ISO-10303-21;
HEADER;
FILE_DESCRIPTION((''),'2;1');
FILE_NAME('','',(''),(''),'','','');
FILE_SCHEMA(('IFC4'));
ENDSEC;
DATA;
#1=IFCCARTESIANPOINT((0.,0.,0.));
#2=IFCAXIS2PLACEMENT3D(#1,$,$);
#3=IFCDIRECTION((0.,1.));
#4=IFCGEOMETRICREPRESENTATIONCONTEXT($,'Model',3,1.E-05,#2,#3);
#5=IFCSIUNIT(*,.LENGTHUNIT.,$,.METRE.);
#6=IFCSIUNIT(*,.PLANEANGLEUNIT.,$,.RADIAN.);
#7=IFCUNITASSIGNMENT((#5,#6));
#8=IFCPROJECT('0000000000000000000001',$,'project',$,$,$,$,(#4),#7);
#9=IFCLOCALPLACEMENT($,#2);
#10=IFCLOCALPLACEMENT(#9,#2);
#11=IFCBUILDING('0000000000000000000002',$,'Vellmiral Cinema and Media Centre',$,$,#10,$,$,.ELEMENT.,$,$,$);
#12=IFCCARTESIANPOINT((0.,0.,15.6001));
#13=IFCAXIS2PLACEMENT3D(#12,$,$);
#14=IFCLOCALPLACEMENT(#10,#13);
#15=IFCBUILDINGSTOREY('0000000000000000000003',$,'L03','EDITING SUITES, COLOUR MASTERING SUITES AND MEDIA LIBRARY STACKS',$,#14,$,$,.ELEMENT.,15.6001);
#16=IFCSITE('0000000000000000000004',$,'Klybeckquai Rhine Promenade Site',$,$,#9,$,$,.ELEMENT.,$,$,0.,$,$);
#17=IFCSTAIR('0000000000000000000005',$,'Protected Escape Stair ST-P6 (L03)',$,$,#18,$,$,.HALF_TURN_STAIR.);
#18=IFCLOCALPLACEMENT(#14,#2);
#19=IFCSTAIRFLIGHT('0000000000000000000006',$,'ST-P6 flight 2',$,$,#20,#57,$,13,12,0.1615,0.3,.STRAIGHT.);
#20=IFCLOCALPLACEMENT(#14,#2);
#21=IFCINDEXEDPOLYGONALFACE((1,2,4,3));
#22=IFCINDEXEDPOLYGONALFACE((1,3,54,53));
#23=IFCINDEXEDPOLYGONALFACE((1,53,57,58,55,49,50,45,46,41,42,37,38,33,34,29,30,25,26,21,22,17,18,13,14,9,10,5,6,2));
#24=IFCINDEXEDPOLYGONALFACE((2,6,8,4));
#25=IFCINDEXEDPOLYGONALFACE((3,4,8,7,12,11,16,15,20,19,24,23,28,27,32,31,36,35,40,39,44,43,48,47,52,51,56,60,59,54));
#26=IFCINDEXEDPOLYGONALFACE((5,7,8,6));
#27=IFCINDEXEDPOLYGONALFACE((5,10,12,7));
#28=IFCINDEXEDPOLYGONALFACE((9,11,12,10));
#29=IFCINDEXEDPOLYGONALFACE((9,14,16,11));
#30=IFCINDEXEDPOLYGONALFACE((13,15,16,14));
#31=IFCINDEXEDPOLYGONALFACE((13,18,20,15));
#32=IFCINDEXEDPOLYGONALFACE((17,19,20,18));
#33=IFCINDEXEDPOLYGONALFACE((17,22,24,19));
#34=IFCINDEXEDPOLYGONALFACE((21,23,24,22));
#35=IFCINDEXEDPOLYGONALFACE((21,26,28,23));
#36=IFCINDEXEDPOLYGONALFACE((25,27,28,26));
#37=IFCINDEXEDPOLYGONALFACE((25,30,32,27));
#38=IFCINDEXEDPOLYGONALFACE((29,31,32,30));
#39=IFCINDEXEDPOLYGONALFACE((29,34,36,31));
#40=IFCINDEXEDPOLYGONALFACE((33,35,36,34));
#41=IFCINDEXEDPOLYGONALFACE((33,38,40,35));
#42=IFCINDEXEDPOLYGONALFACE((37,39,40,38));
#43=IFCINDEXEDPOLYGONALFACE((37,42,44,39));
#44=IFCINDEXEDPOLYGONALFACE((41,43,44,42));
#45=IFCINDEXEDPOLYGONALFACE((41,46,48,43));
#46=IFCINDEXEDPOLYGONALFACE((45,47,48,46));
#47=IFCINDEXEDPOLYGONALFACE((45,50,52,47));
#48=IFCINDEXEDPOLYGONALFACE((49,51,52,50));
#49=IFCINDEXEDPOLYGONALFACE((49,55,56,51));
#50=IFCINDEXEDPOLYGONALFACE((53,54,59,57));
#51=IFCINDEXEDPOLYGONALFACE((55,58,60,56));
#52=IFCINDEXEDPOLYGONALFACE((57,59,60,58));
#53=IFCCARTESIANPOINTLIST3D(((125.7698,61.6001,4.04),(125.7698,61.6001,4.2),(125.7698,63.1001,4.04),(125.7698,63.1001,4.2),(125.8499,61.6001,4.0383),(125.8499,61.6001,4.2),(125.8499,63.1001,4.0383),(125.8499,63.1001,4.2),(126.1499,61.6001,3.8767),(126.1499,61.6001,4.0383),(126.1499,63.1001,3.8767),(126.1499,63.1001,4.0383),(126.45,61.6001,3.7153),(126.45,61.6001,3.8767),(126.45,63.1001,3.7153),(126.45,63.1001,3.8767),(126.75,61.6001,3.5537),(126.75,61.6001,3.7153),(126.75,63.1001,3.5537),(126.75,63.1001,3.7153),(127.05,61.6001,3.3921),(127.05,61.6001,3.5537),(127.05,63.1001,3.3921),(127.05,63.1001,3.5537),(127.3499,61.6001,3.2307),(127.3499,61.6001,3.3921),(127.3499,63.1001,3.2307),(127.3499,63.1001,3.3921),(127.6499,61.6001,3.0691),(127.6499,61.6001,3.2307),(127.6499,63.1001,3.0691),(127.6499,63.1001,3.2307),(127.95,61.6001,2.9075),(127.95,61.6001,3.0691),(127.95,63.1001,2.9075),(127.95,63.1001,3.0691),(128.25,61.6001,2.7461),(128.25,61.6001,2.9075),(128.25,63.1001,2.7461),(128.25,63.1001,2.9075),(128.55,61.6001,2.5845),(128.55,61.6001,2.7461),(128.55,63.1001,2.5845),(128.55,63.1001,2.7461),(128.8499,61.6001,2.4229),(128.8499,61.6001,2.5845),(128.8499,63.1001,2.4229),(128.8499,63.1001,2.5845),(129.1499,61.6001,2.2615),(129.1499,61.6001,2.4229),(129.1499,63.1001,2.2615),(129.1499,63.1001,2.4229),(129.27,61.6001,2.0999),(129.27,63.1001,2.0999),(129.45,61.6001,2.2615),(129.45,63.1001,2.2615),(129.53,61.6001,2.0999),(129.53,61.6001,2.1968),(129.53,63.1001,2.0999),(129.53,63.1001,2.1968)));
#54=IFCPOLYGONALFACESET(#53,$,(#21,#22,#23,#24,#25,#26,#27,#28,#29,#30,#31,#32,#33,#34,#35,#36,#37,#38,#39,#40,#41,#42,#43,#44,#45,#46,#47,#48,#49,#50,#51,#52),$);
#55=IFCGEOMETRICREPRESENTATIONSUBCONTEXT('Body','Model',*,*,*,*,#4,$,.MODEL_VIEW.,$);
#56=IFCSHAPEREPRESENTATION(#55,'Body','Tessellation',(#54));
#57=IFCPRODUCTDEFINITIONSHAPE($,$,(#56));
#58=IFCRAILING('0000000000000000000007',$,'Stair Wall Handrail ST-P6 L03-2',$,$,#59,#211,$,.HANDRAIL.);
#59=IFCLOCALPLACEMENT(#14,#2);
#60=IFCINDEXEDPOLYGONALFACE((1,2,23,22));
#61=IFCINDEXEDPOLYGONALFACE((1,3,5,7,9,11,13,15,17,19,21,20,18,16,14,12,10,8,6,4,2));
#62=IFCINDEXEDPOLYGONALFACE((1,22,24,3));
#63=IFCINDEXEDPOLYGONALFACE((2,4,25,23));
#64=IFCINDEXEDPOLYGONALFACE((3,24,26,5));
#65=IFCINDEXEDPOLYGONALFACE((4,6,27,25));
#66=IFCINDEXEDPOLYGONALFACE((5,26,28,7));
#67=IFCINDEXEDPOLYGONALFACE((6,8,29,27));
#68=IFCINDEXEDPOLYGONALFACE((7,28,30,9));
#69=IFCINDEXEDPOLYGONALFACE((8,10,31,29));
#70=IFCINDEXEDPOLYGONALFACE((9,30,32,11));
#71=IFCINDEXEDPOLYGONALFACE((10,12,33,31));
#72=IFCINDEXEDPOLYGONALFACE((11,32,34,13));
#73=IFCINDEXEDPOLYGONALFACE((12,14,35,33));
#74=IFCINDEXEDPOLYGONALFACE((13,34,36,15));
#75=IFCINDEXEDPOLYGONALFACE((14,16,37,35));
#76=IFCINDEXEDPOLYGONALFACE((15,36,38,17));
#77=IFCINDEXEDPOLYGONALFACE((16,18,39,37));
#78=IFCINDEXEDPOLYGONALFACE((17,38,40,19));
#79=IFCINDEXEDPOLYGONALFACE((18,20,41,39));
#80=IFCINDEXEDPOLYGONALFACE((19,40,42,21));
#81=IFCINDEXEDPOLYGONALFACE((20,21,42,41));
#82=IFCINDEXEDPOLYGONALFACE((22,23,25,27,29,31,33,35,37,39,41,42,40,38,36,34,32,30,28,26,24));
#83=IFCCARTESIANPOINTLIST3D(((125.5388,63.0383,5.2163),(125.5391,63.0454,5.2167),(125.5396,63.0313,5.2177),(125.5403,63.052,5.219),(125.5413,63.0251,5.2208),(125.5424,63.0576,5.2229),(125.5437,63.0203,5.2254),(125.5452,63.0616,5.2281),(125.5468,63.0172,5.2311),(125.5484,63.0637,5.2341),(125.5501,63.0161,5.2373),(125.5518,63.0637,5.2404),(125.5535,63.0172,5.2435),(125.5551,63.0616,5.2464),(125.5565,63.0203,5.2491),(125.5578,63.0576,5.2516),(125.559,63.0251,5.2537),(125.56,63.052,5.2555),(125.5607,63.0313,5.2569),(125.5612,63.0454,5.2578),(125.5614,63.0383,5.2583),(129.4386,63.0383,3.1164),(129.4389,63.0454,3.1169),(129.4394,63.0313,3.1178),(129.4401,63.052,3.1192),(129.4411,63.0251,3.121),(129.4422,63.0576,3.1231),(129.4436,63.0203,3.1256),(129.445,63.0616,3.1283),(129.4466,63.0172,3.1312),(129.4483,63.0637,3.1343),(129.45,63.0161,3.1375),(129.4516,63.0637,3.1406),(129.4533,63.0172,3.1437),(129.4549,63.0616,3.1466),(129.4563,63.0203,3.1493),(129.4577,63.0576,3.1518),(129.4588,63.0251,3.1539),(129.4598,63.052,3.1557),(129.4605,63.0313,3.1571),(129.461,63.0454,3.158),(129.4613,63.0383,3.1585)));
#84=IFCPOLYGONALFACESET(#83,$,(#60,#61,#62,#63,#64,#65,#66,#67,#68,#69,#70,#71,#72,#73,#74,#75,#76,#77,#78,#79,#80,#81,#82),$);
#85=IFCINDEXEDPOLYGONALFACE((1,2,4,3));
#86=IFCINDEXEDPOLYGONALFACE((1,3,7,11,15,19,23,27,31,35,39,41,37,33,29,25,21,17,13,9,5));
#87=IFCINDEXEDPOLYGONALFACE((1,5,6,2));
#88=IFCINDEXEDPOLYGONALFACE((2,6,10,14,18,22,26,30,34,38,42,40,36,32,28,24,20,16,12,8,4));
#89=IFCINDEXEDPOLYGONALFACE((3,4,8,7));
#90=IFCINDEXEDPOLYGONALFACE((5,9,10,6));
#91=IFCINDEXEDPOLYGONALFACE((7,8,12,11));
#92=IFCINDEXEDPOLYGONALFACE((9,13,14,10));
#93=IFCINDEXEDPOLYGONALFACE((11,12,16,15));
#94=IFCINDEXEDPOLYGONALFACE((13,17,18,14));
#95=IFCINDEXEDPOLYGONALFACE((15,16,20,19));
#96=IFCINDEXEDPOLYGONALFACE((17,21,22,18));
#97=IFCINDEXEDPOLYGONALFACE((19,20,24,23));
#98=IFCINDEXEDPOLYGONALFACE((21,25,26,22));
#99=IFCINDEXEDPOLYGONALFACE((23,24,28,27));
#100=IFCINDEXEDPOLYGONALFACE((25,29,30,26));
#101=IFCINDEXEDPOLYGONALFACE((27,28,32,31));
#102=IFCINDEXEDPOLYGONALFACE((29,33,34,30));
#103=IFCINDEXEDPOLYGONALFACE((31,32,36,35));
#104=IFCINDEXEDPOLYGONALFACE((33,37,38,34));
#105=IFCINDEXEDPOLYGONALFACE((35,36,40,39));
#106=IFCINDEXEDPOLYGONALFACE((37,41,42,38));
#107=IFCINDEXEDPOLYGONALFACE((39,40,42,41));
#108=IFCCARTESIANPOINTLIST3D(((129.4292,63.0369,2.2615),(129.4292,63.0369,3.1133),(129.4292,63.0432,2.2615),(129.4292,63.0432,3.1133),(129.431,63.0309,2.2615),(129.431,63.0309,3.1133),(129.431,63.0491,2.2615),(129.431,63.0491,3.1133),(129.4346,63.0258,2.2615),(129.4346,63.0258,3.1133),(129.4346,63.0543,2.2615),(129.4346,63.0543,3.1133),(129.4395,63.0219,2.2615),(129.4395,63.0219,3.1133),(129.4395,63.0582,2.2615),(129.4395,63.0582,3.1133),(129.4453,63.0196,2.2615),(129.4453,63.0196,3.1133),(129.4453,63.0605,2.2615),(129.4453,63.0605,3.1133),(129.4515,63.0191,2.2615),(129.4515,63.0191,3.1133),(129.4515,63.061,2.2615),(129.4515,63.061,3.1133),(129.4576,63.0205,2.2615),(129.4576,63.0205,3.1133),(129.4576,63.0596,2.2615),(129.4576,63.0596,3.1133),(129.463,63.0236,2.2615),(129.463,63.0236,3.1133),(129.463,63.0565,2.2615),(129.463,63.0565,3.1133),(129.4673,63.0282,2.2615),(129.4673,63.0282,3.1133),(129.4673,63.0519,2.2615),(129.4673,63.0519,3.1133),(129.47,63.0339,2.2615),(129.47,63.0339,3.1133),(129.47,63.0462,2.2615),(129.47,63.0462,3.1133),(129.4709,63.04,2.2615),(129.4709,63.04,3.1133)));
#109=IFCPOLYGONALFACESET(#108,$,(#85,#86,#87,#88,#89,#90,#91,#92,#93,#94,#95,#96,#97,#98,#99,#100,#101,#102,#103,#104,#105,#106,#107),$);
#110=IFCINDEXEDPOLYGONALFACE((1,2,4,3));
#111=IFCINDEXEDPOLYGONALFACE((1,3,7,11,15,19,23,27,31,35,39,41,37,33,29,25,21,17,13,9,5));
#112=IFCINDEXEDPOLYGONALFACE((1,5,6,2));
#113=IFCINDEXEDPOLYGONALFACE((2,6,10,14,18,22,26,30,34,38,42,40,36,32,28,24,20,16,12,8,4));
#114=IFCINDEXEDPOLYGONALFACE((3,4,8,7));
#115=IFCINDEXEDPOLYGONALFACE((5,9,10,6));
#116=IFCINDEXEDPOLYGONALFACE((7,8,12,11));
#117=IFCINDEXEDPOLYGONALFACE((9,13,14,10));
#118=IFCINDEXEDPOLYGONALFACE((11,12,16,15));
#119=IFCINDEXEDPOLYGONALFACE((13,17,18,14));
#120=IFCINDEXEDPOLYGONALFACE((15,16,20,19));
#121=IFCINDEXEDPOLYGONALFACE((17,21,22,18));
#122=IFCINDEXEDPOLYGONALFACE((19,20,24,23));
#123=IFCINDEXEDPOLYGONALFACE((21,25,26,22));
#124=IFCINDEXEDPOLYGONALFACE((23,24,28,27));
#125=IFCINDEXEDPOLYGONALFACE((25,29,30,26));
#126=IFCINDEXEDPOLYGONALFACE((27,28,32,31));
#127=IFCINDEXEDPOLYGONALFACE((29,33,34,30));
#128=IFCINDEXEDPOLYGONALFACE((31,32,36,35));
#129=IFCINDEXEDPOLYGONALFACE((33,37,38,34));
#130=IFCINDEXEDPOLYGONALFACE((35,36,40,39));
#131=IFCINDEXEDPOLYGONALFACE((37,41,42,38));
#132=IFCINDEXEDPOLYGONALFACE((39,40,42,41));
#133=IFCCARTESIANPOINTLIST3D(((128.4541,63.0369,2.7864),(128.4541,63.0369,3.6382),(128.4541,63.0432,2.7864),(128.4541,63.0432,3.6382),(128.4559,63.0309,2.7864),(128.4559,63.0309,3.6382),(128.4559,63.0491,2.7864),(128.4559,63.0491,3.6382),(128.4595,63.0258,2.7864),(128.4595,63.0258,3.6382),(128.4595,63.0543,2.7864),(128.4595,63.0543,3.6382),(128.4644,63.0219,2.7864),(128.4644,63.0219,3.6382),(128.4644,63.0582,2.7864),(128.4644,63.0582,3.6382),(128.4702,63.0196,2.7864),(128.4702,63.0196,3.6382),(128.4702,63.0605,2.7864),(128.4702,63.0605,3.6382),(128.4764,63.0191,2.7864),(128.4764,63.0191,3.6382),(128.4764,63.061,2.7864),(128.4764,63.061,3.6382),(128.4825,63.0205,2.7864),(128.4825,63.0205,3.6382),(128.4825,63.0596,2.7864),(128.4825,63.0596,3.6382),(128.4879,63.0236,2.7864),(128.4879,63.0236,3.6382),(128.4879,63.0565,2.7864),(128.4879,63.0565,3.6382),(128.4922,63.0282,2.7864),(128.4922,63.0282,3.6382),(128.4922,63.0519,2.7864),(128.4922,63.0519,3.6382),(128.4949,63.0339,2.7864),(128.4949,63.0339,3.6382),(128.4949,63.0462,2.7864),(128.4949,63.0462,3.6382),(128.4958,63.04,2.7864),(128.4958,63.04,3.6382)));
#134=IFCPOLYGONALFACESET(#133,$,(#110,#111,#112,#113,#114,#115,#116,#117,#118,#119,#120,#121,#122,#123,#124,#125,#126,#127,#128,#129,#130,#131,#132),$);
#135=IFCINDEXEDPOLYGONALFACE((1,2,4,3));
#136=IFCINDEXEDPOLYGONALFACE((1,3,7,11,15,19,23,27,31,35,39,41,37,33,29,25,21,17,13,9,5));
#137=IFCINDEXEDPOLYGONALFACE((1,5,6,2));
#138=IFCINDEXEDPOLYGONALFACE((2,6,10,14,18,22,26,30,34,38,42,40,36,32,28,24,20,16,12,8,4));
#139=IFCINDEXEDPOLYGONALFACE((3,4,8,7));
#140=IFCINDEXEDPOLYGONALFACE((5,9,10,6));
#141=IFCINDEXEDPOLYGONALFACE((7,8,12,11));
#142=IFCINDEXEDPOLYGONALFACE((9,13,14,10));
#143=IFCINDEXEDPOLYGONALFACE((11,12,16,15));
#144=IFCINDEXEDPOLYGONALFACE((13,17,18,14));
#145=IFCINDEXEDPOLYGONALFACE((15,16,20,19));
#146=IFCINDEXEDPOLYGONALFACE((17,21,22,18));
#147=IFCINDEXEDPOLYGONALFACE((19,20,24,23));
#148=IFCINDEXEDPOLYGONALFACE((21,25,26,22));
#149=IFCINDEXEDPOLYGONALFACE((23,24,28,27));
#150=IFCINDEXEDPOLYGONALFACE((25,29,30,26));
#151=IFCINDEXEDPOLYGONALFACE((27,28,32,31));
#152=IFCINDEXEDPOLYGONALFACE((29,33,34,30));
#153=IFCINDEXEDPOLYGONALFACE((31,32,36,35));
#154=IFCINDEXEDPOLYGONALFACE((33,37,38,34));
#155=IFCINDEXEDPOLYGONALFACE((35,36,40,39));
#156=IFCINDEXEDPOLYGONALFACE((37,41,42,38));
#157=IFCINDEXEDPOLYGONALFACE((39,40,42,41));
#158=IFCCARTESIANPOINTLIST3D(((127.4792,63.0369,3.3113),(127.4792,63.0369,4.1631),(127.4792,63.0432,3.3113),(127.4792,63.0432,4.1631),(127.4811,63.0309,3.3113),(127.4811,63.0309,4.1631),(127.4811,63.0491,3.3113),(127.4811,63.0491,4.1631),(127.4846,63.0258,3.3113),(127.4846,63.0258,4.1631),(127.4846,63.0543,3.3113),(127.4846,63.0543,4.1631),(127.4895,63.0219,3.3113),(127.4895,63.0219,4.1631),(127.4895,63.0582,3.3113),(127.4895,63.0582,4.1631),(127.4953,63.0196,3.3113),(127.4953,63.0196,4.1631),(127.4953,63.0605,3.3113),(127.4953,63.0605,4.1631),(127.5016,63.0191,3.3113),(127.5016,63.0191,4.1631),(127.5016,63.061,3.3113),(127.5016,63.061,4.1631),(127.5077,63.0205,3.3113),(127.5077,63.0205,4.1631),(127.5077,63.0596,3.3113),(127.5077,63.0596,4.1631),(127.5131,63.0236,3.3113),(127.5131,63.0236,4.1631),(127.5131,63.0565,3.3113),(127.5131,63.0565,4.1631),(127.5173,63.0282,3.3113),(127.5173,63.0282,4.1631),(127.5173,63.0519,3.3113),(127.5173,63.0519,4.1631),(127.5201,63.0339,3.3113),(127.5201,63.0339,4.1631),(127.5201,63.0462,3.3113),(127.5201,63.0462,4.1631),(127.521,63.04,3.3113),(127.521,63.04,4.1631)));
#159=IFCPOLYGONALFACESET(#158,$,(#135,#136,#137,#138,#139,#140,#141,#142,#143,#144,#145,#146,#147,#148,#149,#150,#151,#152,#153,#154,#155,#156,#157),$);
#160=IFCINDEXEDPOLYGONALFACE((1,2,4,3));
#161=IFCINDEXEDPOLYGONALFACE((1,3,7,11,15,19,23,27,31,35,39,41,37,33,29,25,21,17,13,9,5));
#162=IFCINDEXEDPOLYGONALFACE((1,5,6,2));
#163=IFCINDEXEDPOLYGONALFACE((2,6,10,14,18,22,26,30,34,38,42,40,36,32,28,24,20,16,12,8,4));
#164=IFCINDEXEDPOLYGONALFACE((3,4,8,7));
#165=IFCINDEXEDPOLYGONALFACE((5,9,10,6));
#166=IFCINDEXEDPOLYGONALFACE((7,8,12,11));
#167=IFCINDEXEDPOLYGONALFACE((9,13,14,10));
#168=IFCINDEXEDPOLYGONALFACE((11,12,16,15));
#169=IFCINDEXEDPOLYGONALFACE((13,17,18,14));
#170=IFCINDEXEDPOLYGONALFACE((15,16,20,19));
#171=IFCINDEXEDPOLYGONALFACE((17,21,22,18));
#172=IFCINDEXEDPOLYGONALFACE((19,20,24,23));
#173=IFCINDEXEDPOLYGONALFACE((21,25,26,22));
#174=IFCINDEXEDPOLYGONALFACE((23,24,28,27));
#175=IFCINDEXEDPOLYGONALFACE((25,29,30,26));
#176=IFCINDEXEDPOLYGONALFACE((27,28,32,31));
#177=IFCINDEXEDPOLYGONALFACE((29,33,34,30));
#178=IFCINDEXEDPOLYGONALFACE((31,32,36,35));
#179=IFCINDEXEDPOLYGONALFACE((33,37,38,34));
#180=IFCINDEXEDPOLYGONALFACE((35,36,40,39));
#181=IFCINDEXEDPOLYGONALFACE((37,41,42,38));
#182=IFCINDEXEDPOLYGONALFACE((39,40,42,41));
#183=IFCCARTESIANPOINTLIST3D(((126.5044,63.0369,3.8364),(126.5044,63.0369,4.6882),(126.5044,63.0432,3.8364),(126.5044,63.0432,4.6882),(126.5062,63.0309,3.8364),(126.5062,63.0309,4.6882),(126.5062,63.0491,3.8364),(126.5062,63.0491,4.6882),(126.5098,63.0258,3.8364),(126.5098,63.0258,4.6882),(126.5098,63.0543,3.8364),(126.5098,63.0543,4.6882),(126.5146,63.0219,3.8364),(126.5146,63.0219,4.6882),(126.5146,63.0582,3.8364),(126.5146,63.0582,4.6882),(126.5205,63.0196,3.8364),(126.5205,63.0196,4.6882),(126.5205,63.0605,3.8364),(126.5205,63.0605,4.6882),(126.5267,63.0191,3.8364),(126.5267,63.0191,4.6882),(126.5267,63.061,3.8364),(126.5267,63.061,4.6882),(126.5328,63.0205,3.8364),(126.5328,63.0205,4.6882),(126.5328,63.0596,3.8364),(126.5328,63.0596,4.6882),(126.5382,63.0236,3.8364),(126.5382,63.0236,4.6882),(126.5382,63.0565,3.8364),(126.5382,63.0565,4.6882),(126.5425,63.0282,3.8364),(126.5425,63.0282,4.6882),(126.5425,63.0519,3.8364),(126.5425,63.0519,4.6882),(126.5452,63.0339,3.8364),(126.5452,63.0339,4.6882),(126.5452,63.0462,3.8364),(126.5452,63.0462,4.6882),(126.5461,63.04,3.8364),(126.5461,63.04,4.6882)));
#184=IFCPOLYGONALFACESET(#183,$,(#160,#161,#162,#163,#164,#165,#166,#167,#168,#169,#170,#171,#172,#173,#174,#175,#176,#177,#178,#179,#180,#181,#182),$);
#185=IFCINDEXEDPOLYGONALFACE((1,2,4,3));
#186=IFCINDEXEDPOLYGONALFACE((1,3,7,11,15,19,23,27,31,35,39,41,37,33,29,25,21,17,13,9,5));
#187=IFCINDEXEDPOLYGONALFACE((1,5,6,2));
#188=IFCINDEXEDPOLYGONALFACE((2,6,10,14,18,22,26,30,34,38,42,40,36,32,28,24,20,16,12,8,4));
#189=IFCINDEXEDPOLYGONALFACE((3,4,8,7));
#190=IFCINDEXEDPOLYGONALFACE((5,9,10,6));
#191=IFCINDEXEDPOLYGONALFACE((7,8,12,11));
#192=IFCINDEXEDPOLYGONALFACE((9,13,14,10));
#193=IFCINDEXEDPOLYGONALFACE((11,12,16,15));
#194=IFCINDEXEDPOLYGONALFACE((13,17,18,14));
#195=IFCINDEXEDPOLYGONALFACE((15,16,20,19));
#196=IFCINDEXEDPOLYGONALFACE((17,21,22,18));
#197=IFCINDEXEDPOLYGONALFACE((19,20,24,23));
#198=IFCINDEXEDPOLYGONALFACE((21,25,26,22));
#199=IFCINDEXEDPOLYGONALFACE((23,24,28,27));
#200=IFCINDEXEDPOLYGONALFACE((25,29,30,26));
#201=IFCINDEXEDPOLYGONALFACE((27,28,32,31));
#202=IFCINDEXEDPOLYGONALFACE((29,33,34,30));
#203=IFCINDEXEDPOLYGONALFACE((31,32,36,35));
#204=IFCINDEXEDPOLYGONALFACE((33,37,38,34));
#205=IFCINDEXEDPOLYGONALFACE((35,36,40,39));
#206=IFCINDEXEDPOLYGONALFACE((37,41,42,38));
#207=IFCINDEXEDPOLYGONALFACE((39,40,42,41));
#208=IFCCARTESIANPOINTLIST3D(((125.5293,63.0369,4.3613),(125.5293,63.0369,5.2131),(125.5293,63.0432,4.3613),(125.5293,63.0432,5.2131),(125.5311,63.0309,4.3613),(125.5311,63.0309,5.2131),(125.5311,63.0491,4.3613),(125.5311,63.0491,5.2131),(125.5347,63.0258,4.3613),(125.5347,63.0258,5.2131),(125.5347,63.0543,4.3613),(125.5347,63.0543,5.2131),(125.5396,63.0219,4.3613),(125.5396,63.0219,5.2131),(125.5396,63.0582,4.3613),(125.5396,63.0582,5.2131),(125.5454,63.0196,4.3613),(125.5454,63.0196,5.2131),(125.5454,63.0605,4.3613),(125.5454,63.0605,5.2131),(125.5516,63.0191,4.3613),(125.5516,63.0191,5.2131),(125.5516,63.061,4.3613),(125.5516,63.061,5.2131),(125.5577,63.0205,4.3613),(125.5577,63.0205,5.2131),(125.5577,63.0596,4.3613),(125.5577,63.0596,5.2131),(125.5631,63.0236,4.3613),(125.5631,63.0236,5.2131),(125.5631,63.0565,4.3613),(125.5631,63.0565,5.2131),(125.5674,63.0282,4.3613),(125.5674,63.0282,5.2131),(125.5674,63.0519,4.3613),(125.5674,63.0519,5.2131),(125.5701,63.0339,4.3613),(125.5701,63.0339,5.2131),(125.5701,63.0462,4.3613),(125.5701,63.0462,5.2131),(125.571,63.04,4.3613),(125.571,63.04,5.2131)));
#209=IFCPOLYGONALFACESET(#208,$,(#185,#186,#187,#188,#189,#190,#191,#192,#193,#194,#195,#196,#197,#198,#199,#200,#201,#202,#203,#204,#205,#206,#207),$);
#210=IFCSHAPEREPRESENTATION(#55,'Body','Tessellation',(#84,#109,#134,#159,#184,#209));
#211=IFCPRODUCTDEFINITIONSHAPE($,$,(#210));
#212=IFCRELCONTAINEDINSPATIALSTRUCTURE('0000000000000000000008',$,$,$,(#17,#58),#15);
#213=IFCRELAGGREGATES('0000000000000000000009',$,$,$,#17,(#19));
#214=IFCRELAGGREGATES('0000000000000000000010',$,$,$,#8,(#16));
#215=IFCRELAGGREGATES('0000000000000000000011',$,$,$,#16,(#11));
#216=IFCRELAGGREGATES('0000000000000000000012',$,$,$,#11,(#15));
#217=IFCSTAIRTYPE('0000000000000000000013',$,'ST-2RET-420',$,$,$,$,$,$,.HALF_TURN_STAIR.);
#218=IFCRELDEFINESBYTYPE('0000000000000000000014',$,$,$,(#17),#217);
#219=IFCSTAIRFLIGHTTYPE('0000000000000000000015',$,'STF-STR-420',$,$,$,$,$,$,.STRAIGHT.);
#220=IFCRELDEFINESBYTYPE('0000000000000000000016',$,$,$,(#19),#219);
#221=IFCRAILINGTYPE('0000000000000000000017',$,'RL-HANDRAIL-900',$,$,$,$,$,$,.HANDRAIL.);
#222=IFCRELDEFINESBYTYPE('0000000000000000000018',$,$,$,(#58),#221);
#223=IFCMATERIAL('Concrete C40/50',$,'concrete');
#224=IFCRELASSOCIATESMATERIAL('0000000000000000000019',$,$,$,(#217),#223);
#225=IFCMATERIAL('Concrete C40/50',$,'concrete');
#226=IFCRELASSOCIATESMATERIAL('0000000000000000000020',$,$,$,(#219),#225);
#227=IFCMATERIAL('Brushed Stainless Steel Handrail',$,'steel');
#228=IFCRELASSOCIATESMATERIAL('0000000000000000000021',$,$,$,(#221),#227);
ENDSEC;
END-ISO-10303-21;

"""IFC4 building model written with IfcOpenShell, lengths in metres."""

from ifc_helpers import new_model, si_unit, direction, frame, origin, origin_2d, place, context, subcontext, project, spatial, polyline, circle, outline, extrude, material, type_object, element, aggregate, save


model = new_model("IFC4")

# Units and contexts
model_context = context("Model", 3, precision=1e-05, world=origin(), true_north=direction((0.0, 1.0)))
body_context = subcontext(model_context, "Body", "Model", "MODEL_VIEW")
ifc_project = project(units=[si_unit("LENGTHUNIT", "METRE"), si_unit("PLANEANGLEUNIT", "RADIAN")], contexts=[model_context])

# Site, building, storey
site_placement = place(None, origin())
site = spatial("IfcSite", under=ifc_project, at=site_placement, Name="Klybeckquai Rhine Promenade Site", CompositionType="ELEMENT", RefElevation=0.0)
building_placement = place(site_placement, origin())
building = spatial("IfcBuilding", under=site, at=building_placement, Name="Vellmiral Cinema and Media Centre", CompositionType="ELEMENT")
storey_placement = place(building_placement, frame((0.0, 0.0, 15.6001)))
storey = spatial("IfcBuildingStorey", under=building, at=storey_placement, Name="L03", Description="EDITING SUITES, COLOUR MASTERING SUITES AND MEDIA LIBRARY STACKS", CompositionType="ELEMENT", Elevation=15.6001)

# Stair, stair flight
ifc_material_1 = material(Name="Concrete C40/50", Category="concrete")
stair_type = type_object("IfcStairType", Name="ST-2RET-420", PredefinedType="HALF_TURN_STAIR", material=ifc_material_1)
stair_placement = place(storey_placement, origin())
stair = element("IfcStair", 1, at=stair_placement, inside=storey, type_object=stair_type, Name="Protected Escape Stair ST-P6 (L03)", PredefinedType="HALF_TURN_STAIR")
ifc_material_2 = material(Name="Concrete C40/50", Category="concrete")
stair_flight_type = type_object("IfcStairFlightType", Name="STF-STR-420", PredefinedType="STRAIGHT", material=ifc_material_2)
stair_flight_placement = place(storey_placement, frame((129.45, 62.3501, 2.0999), z_axis=(0.0, 0.0, 1.0), x_axis=(-1.0, 0.0, 0.0)))
stair_flight = element("IfcStairFlight", 2, at=stair_flight_placement, type_object=stair_flight_type, Name="ST-P6 flight 2", NumberOfRisers=13, NumberOfTreads=12, PredefinedType="STRAIGHT", RiserHeight=0.1615, TreadLength=0.3, context=body_context, shape_type="SweptSolid", body=[
    extrude(outline(polyline([(-0.0801, 0.0), (-0.0801, 0.0969), (0.0, 0.1616), (0.3, 0.1616), (0.3, 0.323), (0.6001, 0.323), (0.6001, 0.4846), (0.8999, 0.4846), (0.8999, 0.6462), (1.2, 0.6462), (1.2, 0.8076), (1.5, 0.8076), (1.5, 0.9692), (1.8, 0.9692), (1.8, 1.1309), (2.1001, 1.1309), (2.1001, 1.2922), (2.3999, 1.2922), (2.3999, 1.4539), (2.7, 1.4539), (2.7, 1.6155), (3.0, 1.6155), (3.0, 1.7769), (3.3, 1.7769), (3.3, 1.9385), (3.6001, 1.9385), (3.6001, 2.1001), (3.6802, 2.1001), (3.6802, 1.9402), (0.1799, 0.0), (-0.0801, 0.0)])), frame((0.0, 0.75, 0.0), z_axis=(0.0, -1.0, 0.0), x_axis=(1.0, 0.0, 0.0)), (0.0, 0.0, 1.0), 1.5),
])
aggregate(stair, [stair_flight])

# Railing
ifc_material_3 = material(Name="Brushed Stainless Steel Handrail", Category="steel")
railing_type_1 = type_object("IfcRailingType", Name="RL-HANDRAIL-900", PredefinedType="HANDRAIL", material=ifc_material_3)
railing_1_placement = place(storey_placement, frame((129.45, 63.04, 2.2615)))
element("IfcRailing", 3, at=railing_1_placement, inside=storey, type_object=railing_type_1, Name="Stair Wall Handrail ST-P6 L03-2", PredefinedType="HANDRAIL", context=body_context, shape_type="SweptSolid", body=[
    extrude(circle(Radius=0.0239, at=origin_2d()), frame((0.0, 0.0, 0.876), z_axis=(-0.88048, 0.0, 0.474083), x_axis=(0.0, -1.0, 0.0)), (0.0, 0.0, 1.0), 4.4292),
    extrude(circle(Radius=0.021, at=origin_2d()), origin(), (0.0, 0.0, 1.0), 0.8518),
    extrude(circle(Radius=0.021, at=origin_2d()), frame((-0.9751, 0.0, 0.5249)), (0.0, 0.0, 1.0), 0.8518),
    extrude(circle(Radius=0.021, at=origin_2d()), frame((-1.95, 0.0, 1.0498)), (0.0, 0.0, 1.0), 0.8518),
    extrude(circle(Radius=0.021, at=origin_2d()), frame((-2.9248, 0.0, 1.575)), (0.0, 0.0, 1.0), 0.8518),
    extrude(circle(Radius=0.021, at=origin_2d()), frame((-3.8999, 0.0, 2.0999)), (0.0, 0.0, 1.0), 0.8518),
])

save(model, "model.ifc")
